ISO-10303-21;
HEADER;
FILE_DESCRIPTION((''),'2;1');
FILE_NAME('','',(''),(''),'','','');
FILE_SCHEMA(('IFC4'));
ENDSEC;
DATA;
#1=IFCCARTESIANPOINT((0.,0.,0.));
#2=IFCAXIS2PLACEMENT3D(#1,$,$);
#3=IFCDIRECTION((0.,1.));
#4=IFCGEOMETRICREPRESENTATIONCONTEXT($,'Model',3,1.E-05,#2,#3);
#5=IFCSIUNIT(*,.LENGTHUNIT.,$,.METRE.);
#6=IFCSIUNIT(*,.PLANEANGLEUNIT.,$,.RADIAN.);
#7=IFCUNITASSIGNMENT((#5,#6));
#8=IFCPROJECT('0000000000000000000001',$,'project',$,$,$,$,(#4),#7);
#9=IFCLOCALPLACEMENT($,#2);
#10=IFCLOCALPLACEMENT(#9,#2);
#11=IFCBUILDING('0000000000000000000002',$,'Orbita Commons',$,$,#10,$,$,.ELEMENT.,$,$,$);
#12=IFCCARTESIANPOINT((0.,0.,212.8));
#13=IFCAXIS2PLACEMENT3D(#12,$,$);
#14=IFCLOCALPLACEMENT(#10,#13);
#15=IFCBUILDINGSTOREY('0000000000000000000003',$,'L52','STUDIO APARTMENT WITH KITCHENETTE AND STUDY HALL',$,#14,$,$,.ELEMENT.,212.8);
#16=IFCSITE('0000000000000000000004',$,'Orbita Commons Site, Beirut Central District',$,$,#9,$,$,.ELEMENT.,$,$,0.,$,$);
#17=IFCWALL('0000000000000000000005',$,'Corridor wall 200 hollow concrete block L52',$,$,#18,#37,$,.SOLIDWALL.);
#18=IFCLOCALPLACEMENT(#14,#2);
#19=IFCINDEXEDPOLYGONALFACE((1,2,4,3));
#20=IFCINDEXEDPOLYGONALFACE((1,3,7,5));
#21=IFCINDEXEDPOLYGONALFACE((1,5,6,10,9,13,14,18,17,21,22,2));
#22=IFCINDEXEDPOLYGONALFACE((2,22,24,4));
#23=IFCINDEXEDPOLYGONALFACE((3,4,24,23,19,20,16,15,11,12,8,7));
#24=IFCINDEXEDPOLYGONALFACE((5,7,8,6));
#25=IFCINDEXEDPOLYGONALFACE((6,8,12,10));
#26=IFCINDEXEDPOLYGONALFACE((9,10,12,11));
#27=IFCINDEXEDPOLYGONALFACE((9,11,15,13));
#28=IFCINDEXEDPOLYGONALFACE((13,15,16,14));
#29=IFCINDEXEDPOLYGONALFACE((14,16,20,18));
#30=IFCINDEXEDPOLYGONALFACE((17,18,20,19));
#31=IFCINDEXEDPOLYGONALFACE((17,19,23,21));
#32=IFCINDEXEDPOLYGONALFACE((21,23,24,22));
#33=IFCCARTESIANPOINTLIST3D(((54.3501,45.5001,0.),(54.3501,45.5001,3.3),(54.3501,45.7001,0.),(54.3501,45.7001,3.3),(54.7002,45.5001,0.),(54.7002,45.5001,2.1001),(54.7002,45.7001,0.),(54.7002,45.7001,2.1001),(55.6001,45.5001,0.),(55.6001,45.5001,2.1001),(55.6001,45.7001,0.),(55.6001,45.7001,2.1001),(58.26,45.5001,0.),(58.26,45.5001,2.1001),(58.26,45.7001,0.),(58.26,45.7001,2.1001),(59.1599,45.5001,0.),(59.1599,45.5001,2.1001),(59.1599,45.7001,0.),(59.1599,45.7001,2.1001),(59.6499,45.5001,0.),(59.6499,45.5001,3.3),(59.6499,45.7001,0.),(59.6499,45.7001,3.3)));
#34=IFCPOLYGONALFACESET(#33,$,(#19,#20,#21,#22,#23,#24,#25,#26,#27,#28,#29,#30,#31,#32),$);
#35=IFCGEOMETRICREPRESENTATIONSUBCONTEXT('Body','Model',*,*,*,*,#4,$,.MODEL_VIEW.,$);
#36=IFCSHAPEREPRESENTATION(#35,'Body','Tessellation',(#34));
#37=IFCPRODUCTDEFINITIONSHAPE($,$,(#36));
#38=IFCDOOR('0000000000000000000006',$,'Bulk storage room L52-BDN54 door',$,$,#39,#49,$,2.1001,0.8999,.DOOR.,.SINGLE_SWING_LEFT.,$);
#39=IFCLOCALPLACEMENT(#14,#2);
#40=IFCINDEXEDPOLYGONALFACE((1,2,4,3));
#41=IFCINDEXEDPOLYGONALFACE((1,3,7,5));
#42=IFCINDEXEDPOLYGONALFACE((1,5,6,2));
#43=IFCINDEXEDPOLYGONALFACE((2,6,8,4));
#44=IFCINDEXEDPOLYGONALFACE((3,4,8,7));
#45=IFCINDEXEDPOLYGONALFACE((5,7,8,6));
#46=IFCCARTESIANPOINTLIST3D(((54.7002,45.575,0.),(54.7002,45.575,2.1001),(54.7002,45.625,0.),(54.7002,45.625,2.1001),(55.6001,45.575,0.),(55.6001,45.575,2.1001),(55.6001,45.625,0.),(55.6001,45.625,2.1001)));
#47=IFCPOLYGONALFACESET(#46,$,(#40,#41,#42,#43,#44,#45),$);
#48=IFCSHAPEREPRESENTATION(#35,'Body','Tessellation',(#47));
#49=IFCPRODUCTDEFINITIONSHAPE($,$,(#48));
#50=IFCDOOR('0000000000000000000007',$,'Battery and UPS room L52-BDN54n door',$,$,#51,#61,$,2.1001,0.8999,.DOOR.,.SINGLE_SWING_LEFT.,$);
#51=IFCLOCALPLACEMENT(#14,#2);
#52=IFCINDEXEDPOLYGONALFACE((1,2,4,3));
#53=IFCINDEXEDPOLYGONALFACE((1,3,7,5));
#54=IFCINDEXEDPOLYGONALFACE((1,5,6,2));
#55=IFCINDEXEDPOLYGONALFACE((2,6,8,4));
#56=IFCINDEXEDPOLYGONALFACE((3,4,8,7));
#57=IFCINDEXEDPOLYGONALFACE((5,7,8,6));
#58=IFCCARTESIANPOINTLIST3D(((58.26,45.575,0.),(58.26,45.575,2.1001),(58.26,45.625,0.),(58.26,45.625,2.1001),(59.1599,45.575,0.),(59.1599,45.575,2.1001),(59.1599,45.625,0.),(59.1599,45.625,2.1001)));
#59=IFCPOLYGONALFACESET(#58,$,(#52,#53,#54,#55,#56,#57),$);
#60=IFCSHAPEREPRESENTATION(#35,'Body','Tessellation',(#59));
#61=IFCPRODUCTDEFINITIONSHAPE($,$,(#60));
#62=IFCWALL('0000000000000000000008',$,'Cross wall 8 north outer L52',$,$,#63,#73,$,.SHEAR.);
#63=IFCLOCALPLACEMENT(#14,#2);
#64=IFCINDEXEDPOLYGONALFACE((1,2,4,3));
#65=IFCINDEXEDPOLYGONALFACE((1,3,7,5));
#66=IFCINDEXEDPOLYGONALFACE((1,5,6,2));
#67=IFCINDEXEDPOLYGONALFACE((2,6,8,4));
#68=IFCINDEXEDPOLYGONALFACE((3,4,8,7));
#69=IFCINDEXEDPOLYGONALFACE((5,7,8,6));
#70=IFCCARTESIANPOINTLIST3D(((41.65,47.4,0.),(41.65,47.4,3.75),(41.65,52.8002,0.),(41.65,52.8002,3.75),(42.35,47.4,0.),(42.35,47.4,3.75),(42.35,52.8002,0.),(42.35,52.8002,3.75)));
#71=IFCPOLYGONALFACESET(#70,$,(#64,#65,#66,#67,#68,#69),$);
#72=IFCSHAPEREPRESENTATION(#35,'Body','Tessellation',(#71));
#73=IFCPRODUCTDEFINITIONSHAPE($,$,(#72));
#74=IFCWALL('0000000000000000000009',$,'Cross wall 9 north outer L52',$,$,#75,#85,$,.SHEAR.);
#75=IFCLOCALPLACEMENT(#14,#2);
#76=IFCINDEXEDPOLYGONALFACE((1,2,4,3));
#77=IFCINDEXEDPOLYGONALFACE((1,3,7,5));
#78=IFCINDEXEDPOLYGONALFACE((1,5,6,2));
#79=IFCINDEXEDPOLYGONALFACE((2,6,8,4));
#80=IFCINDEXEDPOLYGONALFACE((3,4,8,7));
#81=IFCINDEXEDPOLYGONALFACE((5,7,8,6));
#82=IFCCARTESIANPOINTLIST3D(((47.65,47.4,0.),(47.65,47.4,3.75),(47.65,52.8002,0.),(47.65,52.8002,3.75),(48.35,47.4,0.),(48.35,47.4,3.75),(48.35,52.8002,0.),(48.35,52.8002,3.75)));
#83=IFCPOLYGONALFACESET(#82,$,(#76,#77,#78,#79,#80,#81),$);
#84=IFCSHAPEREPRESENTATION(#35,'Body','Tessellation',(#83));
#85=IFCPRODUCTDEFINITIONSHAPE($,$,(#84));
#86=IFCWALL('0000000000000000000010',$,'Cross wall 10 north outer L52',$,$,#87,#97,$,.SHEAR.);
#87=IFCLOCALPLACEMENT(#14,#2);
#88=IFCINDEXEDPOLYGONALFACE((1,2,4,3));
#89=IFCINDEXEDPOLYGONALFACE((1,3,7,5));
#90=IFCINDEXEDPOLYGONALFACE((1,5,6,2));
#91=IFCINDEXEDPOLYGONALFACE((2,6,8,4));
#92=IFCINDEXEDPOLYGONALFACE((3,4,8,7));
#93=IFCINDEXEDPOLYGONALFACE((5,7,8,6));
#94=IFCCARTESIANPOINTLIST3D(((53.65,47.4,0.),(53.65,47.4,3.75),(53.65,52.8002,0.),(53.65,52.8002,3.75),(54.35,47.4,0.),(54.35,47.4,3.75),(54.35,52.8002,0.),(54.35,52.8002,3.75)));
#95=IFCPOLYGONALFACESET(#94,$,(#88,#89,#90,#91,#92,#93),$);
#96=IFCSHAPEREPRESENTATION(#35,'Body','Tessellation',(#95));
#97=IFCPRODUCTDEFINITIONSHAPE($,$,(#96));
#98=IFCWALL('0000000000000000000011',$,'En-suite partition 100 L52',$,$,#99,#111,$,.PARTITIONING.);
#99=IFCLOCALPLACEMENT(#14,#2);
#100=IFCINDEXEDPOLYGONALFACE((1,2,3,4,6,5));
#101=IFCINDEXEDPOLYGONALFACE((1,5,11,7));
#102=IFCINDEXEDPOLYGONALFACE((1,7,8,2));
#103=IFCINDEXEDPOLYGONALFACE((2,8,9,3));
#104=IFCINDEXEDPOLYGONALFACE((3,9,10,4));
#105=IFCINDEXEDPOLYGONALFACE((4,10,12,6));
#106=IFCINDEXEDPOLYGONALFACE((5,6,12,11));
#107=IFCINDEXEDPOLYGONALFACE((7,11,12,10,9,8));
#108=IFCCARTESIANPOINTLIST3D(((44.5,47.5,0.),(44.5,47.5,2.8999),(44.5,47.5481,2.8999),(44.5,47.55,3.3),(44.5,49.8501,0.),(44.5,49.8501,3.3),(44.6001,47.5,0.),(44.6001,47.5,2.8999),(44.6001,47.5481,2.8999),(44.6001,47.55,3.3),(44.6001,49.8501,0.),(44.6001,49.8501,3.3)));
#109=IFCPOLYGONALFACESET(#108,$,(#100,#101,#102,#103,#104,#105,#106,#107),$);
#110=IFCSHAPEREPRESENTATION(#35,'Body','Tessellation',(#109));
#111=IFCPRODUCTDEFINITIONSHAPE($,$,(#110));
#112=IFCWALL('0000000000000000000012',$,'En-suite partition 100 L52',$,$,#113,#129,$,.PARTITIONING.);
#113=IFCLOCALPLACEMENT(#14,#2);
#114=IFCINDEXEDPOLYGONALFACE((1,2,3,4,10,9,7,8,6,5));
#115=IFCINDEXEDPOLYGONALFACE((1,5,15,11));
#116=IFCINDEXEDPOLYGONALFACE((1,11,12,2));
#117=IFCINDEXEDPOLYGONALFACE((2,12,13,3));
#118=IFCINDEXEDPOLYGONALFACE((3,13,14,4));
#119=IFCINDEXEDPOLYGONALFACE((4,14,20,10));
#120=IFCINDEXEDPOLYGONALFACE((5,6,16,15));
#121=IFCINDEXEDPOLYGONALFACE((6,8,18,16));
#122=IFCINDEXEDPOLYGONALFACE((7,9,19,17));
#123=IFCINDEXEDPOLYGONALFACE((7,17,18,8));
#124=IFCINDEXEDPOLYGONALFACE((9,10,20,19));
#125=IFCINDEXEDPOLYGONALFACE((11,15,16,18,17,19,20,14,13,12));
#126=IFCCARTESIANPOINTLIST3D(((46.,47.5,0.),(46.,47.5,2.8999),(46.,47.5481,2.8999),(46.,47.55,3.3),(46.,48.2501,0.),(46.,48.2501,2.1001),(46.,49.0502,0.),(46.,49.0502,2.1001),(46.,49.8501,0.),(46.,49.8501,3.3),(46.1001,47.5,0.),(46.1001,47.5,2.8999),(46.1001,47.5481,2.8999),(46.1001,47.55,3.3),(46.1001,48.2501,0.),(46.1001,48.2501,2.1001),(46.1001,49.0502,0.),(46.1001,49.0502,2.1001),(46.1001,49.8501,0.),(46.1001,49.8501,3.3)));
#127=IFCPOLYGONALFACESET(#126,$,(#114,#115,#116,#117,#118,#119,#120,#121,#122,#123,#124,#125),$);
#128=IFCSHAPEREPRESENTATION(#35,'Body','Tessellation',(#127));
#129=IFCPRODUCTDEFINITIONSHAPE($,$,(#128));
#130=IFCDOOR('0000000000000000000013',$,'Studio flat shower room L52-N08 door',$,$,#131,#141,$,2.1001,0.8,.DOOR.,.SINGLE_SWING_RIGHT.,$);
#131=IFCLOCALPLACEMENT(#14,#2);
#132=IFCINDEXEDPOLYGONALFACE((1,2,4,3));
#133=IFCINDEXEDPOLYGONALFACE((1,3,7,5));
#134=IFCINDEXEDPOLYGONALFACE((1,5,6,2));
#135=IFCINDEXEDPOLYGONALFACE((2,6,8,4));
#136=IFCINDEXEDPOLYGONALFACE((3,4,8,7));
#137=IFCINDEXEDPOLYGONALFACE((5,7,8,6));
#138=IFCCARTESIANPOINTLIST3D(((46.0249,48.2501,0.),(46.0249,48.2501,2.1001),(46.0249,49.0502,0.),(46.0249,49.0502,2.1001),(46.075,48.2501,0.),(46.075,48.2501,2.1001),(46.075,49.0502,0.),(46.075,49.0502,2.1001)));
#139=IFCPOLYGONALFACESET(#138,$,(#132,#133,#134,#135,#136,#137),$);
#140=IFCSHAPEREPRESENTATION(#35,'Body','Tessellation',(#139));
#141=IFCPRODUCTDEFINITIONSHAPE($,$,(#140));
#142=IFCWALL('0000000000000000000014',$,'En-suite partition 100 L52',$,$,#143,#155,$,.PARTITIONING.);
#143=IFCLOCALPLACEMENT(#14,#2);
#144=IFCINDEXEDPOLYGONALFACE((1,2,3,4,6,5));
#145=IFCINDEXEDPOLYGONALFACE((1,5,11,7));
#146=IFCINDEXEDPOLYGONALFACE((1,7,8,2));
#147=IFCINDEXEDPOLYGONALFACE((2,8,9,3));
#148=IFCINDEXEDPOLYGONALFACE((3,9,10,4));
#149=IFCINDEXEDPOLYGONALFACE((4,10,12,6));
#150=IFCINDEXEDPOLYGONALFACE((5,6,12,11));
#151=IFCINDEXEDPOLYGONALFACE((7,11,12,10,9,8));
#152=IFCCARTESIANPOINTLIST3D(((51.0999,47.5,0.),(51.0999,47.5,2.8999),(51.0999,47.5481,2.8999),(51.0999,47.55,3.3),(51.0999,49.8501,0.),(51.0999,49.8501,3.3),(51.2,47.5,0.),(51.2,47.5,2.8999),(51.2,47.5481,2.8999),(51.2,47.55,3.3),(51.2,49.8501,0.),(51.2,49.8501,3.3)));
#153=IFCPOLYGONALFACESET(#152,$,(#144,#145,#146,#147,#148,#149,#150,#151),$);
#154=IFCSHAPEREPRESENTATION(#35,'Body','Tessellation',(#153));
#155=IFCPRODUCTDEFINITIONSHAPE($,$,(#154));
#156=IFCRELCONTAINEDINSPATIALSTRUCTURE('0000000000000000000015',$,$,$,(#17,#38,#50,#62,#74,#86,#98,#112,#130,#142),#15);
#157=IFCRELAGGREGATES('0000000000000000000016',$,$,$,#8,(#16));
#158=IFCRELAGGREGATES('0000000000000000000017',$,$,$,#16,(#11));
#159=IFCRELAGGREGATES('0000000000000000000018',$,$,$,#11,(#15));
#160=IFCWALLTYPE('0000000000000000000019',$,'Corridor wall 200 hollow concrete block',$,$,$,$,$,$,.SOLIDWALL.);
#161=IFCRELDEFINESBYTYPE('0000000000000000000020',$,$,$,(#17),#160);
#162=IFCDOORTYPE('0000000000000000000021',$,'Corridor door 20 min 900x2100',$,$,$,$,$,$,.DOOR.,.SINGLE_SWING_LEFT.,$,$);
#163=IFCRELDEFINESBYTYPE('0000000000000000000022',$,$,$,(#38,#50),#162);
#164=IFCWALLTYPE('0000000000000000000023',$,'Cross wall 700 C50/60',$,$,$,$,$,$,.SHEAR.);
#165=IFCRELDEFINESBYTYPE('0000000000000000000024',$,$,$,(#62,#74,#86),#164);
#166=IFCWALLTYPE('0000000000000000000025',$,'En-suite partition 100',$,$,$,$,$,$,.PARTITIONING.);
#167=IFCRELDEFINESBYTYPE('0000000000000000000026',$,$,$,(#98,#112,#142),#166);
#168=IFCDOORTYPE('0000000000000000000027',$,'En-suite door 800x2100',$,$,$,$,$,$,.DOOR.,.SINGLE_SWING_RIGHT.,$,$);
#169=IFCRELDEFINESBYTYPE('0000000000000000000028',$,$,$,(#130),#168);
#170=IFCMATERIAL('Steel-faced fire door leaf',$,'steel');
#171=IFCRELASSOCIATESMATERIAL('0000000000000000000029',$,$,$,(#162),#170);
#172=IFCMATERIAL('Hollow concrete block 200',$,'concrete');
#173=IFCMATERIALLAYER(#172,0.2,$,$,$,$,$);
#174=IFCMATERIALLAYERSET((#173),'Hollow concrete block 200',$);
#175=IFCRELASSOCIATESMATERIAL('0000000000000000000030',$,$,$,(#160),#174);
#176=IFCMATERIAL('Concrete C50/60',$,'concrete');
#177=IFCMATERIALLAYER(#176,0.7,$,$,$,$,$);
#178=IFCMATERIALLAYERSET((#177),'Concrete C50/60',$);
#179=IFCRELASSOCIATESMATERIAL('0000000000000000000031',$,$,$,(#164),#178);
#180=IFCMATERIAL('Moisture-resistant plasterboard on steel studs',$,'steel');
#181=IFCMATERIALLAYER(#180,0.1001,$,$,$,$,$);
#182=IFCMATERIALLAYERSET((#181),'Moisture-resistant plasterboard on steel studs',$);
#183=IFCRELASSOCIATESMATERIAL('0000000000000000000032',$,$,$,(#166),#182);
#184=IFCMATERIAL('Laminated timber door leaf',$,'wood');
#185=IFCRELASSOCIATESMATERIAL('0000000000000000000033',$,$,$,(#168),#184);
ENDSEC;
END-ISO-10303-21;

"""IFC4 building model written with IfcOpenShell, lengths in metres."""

from ifc_helpers import new_model, si_unit, direction, frame, frame_2d, origin, place, context, subcontext, project, spatial, polyline, rectangle, outline, extrude, material, layer, layer_set, type_object, element, fill, save


model = new_model("IFC4")

# Units and contexts
model_context = context("Model", 3, precision=1e-05, world=origin(), true_north=direction((0.0, 1.0)))
body_context = subcontext(model_context, "Body", "Model", "MODEL_VIEW")
ifc_project = project(units=[si_unit("LENGTHUNIT", "METRE"), si_unit("PLANEANGLEUNIT", "RADIAN")], contexts=[model_context])

# Site, building, storey
site_placement = place(None, origin())
site = spatial("IfcSite", under=ifc_project, at=site_placement, Name="Orbita Commons Site, Beirut Central District", CompositionType="ELEMENT", RefElevation=0.0)
building_placement = place(site_placement, origin())
building = spatial("IfcBuilding", under=site, at=building_placement, Name="Orbita Commons", CompositionType="ELEMENT")
storey_placement = place(building_placement, frame((0.0, 0.0, 212.8)))
storey = spatial("IfcBuildingStorey", under=building, at=storey_placement, Name="L52", Description="STUDIO APARTMENT WITH KITCHENETTE AND STUDY HALL", CompositionType="ELEMENT", Elevation=212.8)

# Shared definitions
ifc_material_1 = material(Name="Steel-faced fire door leaf", Category="steel")
door_type_1 = type_object("IfcDoorType", Name="Corridor door 20 min 900x2100", OperationType="SINGLE_SWING_LEFT", PredefinedType="DOOR", material=ifc_material_1)

# Wall, openings, doors
ifc_material_2 = material(Name="Hollow concrete block 200", Category="concrete")
ifc_layer_1 = layer(ifc_material_2, 0.2)
ifc_layer_set_1 = layer_set([ifc_layer_1], Name="Hollow concrete block 200")
wall_type_1 = type_object("IfcWallType", Name="Corridor wall 200 hollow concrete block", PredefinedType="SOLIDWALL", material=ifc_layer_set_1)
wall_1_placement = place(storey_placement, frame((54.3501, 45.6001, 0.0), z_axis=(0.0, 0.0, 1.0), x_axis=(1.0, 0.0, 0.0)))
wall_1 = element("IfcWall", 1, at=wall_1_placement, inside=storey, type_object=wall_type_1, Name="Corridor wall 200 hollow concrete block L52", PredefinedType="SOLIDWALL", context=body_context, shape_type="SweptSolid", body=[
    extrude(rectangle(XDim=5.2998, YDim=0.2, at=frame_2d((2.6499, 0.0))), origin(), (0.0, 0.0, 1.0), 3.3),
])
opening_1_placement = place(wall_1_placement, frame((0.3501, 0.0, 0.0)))
opening_1 = element("IfcOpeningElement", 2, at=opening_1_placement, cuts=wall_1, PredefinedType="OPENING", context=body_context, shape_type="SweptSolid", body=[
    extrude(rectangle(XDim=0.8999, YDim=2.1001, at=frame_2d((0.45, 1.05))), frame((0.0, 0.1099, 0.0), z_axis=(0.0, -1.0, 0.0), x_axis=(1.0, 0.0, 0.0)), (0.0, 0.0, 1.0), 0.22),
])
opening_2_placement = place(wall_1_placement, frame((3.9099, 0.0, 0.0)))
opening_2 = element("IfcOpeningElement", 3, at=opening_2_placement, cuts=wall_1, PredefinedType="OPENING", context=body_context, shape_type="SweptSolid", body=[
    extrude(rectangle(XDim=0.8999, YDim=2.1001, at=frame_2d((0.45, 1.05))), frame((0.0, 0.1099, 0.0), z_axis=(0.0, -1.0, 0.0), x_axis=(1.0, 0.0, 0.0)), (0.0, 0.0, 1.0), 0.22),
])
door_1_placement = place(opening_1_placement, origin())
door_1 = element("IfcDoor", 4, at=door_1_placement, inside=storey, type_object=door_type_1, Name="Bulk storage room L52-BDN54 door", OperationType="SINGLE_SWING_LEFT", OverallHeight=2.1001, OverallWidth=0.8999, PredefinedType="DOOR", context=body_context, shape_type="SweptSolid", body=[
    extrude(rectangle(XDim=0.8999, YDim=2.1001, at=frame_2d((0.45, 1.05))), frame((0.0, 0.0249, 0.0), z_axis=(0.0, -1.0, 0.0), x_axis=(1.0, 0.0, 0.0)), (0.0, 0.0, 1.0), 0.05),
])
fill(opening_1, door_1)
door_2_placement = place(opening_2_placement, origin())
door_2 = element("IfcDoor", 5, at=door_2_placement, inside=storey, type_object=door_type_1, Name="Battery and UPS room L52-BDN54n door", OperationType="SINGLE_SWING_LEFT", OverallHeight=2.1001, OverallWidth=0.8999, PredefinedType="DOOR", context=body_context, shape_type="SweptSolid", body=[
    extrude(rectangle(XDim=0.8999, YDim=2.1001, at=frame_2d((0.45, 1.05))), frame((0.0, 0.0249, 0.0), z_axis=(0.0, -1.0, 0.0), x_axis=(1.0, 0.0, 0.0)), (0.0, 0.0, 1.0), 0.05),
])
fill(opening_2, door_2)

# Walls
ifc_material_3 = material(Name="Concrete C50/60", Category="concrete")
ifc_layer_2 = layer(ifc_material_3, 0.7)
ifc_layer_set_2 = layer_set([ifc_layer_2], Name="Concrete C50/60")
wall_type_2 = type_object("IfcWallType", Name="Cross wall 700 C50/60", PredefinedType="SHEAR", material=ifc_layer_set_2)
for number, where, z_axis, x_axis, name in (
    (6, (42.0, 47.3999, 0.0), (0.0, 0.0, 1.0), (0.0, 1.0, 0.0), "Cross wall 8 north outer L52"),
    (7, (48.0, 47.3999, 0.0), (0.0, 0.0, 1.0), (0.0, 1.0, 0.0), "Cross wall 9 north outer L52"),
    (8, (54.0, 47.3999, 0.0), (0.0, 0.0, 1.0), (0.0, 1.0, 0.0), "Cross wall 10 north outer L52"),
):
    element("IfcWall", number, at=place(storey_placement, frame(where, z_axis=z_axis, x_axis=x_axis)), inside=storey, type_object=wall_type_2, Name=name, PredefinedType="SHEAR", context=body_context, shape_type="SweptSolid", body=[
        extrude(rectangle(XDim=5.4001, YDim=0.7, at=frame_2d((2.7002, 0.0))), origin(), (0.0, 0.0, 1.0), 3.75),
    ])
ifc_material_4 = material(Name="Moisture-resistant plasterboard on steel studs", Category="steel")
ifc_layer_3 = layer(ifc_material_4, 0.1001)
ifc_layer_set_3 = layer_set([ifc_layer_3], Name="Moisture-resistant plasterboard on steel studs")
wall_type_3 = type_object("IfcWallType", Name="En-suite partition 100", PredefinedType="PARTITIONING", material=ifc_layer_set_3)
wall_2_placement = place(storey_placement, frame((44.55, 49.8501, 0.0), z_axis=(0.0, 0.0, 1.0), x_axis=(0.0, -1.0, 0.0)))
element("IfcWall", 9, at=wall_2_placement, inside=storey, type_object=wall_type_3, Name="En-suite partition 100 L52", PredefinedType="PARTITIONING", context=body_context, shape_type="SweptSolid", body=[
    extrude(outline(polyline([(0.0, 0.0), (2.3501, 0.0), (2.3501, 2.8999), (2.302, 2.8999), (2.3, 3.3), (0.0, 3.3), (0.0, 0.0)])), frame((0.0, 0.05, 0.0), z_axis=(0.0, -1.0, 0.0), x_axis=(1.0, 0.0, 0.0)), (0.0, 0.0, 1.0), 0.1001),
])

# Wall, opening, door
wall_3_placement = place(storey_placement, frame((46.05, 49.8501, 0.0), z_axis=(0.0, 0.0, 1.0), x_axis=(0.0, -1.0, 0.0)))
wall_3 = element("IfcWall", 10, at=wall_3_placement, inside=storey, type_object=wall_type_3, Name="En-suite partition 100 L52", PredefinedType="PARTITIONING", context=body_context, shape_type="SweptSolid", body=[
    extrude(outline(polyline([(0.0, 0.0), (2.3501, 0.0), (2.3501, 2.8999), (2.302, 2.8999), (2.3, 3.3), (0.0, 3.3), (0.0, 0.0)])), frame((0.0, 0.05, 0.0), z_axis=(0.0, -1.0, 0.0), x_axis=(1.0, 0.0, 0.0)), (0.0, 0.0, 1.0), 0.1001),
])
opening_3_placement = place(wall_3_placement, frame((0.8, 0.0, 0.0)))
opening_3 = element("IfcOpeningElement", 11, at=opening_3_placement, cuts=wall_3, PredefinedType="OPENING", context=body_context, shape_type="SweptSolid", body=[
    extrude(rectangle(XDim=0.8, YDim=2.1001, at=frame_2d((0.3999, 1.05))), frame((0.0, 0.0601, 0.0), z_axis=(0.0, -1.0, 0.0), x_axis=(1.0, 0.0, 0.0)), (0.0, 0.0, 1.0), 0.1201),
])
ifc_material_5 = material(Name="Laminated timber door leaf", Category="wood")
door_type_2 = type_object("IfcDoorType", Name="En-suite door 800x2100", OperationType="SINGLE_SWING_RIGHT", PredefinedType="DOOR", material=ifc_material_5)
door_3_placement = place(opening_3_placement, origin())
door_3 = element("IfcDoor", 12, at=door_3_placement, inside=storey, type_object=door_type_2, Name="Studio flat shower room L52-N08 door", OperationType="SINGLE_SWING_RIGHT", OverallHeight=2.1001, OverallWidth=0.8, PredefinedType="DOOR", context=body_context, shape_type="SweptSolid", body=[
    extrude(rectangle(XDim=0.8, YDim=2.1001, at=frame_2d((0.3999, 1.05))), frame((0.0, 0.0249, 0.0), z_axis=(0.0, -1.0, 0.0), x_axis=(1.0, 0.0, 0.0)), (0.0, 0.0, 1.0), 0.05),
])
fill(opening_3, door_3)

# Wall
wall_4_placement = place(storey_placement, frame((51.1499, 49.8501, 0.0), z_axis=(0.0, 0.0, 1.0), x_axis=(0.0, -1.0, 0.0)))
element("IfcWall", 13, at=wall_4_placement, inside=storey, type_object=wall_type_3, Name="En-suite partition 100 L52", PredefinedType="PARTITIONING", context=body_context, shape_type="SweptSolid", body=[
    extrude(outline(polyline([(0.0, 0.0), (2.3501, 0.0), (2.3501, 2.8999), (2.302, 2.8999), (2.3, 3.3), (0.0, 3.3), (0.0, 0.0)])), frame((0.0, 0.05, 0.0), z_axis=(0.0, -1.0, 0.0), x_axis=(1.0, 0.0, 0.0)), (0.0, 0.0, 1.0), 0.1001),
])

save(model, "model.ifc")
